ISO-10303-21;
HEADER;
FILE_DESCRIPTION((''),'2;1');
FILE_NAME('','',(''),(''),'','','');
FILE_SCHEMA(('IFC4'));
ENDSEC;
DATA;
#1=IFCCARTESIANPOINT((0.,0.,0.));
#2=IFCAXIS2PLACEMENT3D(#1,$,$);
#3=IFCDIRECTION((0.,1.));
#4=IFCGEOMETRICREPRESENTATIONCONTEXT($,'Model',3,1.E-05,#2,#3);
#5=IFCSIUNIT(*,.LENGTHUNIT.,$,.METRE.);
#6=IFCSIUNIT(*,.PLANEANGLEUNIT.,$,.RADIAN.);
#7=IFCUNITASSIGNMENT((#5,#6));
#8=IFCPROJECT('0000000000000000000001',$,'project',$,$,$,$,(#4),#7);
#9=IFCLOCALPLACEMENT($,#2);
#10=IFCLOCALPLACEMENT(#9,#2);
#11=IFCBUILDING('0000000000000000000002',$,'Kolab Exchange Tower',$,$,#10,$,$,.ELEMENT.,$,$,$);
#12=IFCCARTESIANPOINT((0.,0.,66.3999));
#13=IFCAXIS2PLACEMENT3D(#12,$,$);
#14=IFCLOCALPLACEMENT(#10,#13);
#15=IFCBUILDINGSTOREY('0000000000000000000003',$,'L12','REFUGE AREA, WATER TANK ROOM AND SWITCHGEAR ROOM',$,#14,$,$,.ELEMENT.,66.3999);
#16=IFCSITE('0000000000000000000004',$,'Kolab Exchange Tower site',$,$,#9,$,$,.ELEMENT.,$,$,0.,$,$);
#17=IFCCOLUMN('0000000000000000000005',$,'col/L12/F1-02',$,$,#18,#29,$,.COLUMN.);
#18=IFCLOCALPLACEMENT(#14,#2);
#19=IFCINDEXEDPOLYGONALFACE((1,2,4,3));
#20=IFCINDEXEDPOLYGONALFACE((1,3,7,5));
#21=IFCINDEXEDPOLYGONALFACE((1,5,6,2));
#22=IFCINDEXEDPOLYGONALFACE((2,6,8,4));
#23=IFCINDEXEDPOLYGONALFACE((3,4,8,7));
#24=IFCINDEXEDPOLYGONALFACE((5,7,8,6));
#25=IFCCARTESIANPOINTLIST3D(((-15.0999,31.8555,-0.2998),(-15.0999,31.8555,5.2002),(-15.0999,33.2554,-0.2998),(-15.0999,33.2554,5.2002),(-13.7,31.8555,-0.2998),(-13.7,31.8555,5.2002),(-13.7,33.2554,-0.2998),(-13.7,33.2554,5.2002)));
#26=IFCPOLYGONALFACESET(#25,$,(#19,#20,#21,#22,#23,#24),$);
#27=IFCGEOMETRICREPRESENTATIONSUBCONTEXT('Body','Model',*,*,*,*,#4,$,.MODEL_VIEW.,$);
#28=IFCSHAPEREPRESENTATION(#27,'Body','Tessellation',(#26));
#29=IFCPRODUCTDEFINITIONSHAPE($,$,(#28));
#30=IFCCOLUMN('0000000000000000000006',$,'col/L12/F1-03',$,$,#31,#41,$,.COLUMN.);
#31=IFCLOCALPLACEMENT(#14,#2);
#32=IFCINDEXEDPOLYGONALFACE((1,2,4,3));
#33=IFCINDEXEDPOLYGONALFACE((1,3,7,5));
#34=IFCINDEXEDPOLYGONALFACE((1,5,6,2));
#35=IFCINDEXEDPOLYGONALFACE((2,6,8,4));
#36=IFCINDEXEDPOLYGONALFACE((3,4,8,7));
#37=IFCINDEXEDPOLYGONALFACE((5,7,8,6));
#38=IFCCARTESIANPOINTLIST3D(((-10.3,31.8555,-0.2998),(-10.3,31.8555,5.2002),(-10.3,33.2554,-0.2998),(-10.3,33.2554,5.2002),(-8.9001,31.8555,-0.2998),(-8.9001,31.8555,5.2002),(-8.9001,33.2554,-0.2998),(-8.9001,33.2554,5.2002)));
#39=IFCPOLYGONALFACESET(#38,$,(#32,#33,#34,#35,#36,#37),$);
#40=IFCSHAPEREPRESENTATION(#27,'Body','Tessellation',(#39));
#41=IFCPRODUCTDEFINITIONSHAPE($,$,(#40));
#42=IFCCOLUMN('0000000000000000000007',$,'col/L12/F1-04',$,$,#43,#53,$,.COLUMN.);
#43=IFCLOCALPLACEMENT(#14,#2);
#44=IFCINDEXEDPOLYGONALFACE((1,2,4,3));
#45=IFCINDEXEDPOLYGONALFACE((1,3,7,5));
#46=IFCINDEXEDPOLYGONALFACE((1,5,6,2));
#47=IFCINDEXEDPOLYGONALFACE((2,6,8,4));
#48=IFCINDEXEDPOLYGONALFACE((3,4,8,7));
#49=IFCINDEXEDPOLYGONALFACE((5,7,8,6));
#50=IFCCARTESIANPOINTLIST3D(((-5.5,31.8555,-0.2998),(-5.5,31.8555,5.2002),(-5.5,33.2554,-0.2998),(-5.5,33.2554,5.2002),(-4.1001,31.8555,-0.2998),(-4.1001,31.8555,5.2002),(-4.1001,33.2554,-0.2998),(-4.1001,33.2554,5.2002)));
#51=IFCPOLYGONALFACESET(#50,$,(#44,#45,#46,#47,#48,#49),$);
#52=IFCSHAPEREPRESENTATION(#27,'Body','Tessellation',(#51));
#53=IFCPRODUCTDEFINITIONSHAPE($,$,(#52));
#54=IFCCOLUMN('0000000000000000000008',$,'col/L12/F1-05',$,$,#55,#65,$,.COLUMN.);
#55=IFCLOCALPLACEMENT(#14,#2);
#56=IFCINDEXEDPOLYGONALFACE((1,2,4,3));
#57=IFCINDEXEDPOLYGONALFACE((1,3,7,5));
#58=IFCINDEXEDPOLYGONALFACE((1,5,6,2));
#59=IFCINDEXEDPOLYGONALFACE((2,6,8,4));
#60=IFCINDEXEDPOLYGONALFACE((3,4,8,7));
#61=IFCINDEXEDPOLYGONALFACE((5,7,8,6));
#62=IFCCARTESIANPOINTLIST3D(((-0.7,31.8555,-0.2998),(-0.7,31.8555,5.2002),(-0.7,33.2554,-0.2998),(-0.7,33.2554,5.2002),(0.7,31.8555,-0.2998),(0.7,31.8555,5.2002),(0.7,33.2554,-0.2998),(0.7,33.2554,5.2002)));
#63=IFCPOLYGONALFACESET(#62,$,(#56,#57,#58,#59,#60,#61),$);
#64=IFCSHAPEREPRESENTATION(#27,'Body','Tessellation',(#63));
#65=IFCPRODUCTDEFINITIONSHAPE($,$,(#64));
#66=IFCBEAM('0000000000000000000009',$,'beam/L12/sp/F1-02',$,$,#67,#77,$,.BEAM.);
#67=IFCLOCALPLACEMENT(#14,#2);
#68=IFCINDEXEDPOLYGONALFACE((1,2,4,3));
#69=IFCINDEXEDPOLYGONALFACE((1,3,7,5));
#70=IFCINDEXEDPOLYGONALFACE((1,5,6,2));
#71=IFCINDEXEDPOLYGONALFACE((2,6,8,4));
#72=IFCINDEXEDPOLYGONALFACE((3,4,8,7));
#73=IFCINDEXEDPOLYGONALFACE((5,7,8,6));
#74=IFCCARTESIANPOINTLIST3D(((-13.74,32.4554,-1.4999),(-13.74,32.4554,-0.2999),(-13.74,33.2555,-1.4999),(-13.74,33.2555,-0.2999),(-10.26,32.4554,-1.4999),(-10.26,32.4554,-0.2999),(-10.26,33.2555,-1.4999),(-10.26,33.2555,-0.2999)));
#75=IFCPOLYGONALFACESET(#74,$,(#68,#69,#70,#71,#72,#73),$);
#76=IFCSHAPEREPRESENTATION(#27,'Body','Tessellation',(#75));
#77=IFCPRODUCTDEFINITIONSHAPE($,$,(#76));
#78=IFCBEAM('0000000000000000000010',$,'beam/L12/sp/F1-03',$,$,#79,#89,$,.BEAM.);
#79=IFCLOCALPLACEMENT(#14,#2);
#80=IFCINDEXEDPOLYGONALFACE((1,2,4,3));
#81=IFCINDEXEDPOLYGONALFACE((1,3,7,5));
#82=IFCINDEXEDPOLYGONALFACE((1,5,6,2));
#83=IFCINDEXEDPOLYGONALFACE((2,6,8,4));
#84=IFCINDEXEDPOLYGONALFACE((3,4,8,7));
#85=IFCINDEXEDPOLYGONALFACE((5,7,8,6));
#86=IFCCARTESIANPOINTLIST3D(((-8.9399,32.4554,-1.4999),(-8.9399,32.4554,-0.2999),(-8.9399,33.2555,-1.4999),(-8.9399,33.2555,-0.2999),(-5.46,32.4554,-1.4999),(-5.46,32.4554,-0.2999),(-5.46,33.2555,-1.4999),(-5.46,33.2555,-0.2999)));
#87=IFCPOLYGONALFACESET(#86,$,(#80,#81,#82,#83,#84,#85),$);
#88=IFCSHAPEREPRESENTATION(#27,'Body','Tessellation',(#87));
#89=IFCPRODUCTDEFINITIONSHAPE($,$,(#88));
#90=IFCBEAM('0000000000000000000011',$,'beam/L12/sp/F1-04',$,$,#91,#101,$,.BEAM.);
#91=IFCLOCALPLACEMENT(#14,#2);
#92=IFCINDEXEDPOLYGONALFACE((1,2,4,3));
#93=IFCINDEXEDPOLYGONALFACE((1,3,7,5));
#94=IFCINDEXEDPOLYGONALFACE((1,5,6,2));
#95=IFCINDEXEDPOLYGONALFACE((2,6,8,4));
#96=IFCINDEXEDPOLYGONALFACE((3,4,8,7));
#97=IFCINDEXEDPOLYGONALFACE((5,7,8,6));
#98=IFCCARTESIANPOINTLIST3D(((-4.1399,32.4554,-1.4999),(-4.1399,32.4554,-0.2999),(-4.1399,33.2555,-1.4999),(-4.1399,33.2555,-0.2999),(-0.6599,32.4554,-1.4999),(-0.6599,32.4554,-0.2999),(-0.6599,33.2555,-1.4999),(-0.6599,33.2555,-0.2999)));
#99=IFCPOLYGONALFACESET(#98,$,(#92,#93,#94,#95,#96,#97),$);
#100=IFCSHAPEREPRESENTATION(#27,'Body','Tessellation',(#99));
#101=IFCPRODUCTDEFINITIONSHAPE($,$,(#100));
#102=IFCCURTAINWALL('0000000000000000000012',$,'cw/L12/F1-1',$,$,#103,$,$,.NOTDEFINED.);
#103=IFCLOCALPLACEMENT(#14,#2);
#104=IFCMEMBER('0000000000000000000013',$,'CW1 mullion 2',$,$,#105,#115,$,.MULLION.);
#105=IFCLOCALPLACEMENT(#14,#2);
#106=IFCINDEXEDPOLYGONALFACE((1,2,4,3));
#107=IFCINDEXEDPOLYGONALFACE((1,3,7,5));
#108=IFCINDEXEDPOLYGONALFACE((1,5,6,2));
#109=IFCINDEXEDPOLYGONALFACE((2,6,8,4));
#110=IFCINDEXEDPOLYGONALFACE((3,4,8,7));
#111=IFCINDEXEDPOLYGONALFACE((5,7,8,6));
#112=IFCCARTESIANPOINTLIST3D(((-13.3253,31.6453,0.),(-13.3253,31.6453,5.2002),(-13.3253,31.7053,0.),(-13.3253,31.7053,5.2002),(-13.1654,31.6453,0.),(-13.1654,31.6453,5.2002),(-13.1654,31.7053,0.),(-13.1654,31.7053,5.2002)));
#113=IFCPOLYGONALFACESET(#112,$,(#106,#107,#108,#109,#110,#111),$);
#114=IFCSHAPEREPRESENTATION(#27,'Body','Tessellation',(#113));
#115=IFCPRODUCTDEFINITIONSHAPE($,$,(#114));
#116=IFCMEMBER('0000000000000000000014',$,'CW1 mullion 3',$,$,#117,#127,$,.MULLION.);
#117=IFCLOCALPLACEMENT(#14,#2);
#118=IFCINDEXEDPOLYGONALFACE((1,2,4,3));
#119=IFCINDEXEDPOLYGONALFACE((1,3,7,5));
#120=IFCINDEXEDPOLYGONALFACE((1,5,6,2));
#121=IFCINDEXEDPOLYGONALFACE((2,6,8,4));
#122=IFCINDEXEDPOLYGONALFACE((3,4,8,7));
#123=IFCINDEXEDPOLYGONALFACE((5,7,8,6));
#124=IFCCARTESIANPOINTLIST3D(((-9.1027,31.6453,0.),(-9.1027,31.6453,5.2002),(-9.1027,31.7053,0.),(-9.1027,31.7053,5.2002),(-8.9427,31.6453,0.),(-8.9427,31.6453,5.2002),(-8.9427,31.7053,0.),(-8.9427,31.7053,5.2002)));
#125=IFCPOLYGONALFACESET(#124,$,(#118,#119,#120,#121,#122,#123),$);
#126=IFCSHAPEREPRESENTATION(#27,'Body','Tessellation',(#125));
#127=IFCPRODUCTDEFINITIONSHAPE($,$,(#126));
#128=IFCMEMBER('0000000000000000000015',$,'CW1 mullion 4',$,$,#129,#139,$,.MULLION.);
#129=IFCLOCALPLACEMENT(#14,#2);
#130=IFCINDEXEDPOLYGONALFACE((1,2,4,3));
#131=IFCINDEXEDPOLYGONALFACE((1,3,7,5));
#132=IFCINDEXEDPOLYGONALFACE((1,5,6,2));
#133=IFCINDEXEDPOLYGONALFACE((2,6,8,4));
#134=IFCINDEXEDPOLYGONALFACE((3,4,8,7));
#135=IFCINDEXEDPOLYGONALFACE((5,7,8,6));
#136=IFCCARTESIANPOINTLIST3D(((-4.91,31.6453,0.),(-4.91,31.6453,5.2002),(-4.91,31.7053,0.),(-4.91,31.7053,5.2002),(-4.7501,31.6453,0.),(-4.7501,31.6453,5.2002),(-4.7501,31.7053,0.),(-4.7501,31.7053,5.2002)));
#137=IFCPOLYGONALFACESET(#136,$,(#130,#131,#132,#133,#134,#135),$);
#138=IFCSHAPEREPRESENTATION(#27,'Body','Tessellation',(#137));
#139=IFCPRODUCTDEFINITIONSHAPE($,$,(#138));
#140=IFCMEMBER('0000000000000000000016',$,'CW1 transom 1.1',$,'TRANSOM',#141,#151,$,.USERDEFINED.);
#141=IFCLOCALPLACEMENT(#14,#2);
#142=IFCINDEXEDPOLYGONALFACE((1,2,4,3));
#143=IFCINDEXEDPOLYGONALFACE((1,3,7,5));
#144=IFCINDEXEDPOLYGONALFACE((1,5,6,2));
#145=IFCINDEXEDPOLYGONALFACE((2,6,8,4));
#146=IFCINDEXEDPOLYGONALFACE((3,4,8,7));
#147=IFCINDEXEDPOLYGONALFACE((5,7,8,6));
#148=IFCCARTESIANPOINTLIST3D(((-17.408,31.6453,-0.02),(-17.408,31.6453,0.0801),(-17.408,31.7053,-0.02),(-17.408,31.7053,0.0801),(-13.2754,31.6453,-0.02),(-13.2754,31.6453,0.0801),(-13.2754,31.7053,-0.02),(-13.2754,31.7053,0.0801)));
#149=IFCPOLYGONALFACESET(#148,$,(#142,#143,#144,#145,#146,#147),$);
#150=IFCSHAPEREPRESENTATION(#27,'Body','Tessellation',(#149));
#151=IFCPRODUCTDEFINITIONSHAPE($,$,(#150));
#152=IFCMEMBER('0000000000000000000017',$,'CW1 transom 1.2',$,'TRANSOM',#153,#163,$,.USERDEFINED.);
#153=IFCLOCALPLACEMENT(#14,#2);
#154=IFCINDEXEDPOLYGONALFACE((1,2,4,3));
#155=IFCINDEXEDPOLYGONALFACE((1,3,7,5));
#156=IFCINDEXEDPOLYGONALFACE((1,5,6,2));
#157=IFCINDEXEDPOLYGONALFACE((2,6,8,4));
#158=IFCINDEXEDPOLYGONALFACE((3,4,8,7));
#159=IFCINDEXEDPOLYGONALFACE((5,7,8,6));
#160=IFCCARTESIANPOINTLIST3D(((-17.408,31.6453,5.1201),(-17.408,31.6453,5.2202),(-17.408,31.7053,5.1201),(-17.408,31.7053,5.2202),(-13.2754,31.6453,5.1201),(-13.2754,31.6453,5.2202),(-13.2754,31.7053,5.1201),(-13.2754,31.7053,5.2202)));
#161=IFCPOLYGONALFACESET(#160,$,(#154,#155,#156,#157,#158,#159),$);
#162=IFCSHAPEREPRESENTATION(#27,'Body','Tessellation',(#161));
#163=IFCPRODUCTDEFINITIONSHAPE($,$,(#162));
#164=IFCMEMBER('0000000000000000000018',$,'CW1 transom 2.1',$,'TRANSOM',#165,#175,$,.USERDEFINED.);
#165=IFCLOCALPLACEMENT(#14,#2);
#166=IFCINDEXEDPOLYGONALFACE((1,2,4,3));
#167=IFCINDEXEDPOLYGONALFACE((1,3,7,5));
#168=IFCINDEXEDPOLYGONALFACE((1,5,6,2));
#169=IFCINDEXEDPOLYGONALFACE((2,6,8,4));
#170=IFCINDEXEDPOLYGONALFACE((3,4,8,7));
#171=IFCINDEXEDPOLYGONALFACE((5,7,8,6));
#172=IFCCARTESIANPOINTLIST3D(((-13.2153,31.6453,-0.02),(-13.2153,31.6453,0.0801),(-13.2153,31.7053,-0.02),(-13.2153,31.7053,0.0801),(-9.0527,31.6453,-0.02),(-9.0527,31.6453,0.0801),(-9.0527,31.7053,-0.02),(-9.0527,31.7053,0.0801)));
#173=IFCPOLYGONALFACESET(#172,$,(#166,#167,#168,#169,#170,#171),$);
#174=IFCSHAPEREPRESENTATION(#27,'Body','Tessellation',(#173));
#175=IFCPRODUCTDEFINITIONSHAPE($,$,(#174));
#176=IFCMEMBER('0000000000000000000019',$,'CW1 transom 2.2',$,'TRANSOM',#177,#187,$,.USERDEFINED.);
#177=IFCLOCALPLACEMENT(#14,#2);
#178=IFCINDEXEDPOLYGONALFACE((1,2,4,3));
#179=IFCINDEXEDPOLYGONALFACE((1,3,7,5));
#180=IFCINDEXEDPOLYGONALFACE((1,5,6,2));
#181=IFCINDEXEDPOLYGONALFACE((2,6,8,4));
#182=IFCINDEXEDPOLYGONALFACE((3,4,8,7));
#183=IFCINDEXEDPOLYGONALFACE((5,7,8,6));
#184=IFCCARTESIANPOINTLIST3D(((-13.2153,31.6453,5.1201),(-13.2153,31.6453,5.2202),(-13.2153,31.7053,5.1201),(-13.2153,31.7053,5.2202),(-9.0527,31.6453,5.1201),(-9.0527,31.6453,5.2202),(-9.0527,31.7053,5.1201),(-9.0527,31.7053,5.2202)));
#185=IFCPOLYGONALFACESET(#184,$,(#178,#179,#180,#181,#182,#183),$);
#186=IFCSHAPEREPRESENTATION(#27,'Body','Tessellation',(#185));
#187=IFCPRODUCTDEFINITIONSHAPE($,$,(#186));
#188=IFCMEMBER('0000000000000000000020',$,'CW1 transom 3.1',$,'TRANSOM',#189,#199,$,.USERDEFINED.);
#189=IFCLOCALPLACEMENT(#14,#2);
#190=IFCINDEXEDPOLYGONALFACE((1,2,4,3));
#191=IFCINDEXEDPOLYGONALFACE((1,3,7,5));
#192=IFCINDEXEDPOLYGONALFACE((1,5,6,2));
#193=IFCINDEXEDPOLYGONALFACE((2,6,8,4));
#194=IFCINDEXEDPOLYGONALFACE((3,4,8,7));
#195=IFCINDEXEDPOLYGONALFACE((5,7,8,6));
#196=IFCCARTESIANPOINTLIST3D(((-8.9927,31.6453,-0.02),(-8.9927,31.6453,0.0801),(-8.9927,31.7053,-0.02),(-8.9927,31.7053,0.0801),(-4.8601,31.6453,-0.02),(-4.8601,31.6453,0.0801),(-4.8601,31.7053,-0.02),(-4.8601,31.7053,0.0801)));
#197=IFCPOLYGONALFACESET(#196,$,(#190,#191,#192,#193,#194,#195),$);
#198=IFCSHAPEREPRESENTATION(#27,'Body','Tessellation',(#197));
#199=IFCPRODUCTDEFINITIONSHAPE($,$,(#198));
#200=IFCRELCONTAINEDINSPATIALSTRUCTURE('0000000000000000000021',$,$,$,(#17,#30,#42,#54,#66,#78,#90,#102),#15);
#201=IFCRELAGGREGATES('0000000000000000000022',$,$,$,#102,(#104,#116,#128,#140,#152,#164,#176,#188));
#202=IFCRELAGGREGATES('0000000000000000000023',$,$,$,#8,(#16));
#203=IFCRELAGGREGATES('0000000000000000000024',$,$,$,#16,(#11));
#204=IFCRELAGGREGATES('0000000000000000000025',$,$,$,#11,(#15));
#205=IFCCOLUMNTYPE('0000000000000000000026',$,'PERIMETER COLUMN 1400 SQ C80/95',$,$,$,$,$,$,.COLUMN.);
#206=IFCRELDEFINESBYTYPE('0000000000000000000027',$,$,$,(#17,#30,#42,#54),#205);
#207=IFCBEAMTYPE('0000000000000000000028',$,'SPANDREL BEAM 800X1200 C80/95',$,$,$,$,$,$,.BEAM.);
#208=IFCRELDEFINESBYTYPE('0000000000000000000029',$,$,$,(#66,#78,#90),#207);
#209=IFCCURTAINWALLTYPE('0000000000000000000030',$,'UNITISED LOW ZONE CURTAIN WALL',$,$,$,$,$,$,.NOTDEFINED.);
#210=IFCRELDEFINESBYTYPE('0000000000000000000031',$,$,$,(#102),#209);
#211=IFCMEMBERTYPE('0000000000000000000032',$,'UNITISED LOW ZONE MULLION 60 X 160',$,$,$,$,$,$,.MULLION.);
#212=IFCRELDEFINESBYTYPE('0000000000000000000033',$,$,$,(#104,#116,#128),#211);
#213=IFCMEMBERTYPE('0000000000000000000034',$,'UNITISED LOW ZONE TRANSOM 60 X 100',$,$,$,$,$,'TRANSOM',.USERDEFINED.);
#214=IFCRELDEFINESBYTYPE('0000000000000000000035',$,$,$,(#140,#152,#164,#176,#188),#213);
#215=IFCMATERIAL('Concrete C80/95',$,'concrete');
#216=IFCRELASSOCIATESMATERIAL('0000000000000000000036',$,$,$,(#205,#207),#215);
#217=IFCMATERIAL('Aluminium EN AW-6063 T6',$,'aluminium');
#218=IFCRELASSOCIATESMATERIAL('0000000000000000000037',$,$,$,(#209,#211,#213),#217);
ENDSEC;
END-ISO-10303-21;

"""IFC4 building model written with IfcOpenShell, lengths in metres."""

from ifc_helpers import new_model, si_unit, direction, frame, origin, origin_2d, place, context, subcontext, project, spatial, rectangle, extrude, material, material_profile, profile_set, type_object, element, aggregate, save


model = new_model("IFC4")

# Units and contexts
model_context = context("Model", 3, precision=1e-05, world=origin(), true_north=direction((0.0, 1.0)))
body_context = subcontext(model_context, "Body", "Model", "MODEL_VIEW")
ifc_project = project(units=[si_unit("LENGTHUNIT", "METRE"), si_unit("PLANEANGLEUNIT", "RADIAN")], contexts=[model_context])

# Site, building, storey
site_placement = place(None, origin())
site = spatial("IfcSite", under=ifc_project, at=site_placement, Name="Kolab Exchange Tower site", CompositionType="ELEMENT", RefElevation=0.0)
building_placement = place(site_placement, origin())
building = spatial("IfcBuilding", under=site, at=building_placement, Name="Kolab Exchange Tower", CompositionType="ELEMENT")
storey_placement = place(building_placement, frame((0.0, 0.0, 66.3999)))
storey = spatial("IfcBuildingStorey", under=building, at=storey_placement, Name="L12", Description="REFUGE AREA, WATER TANK ROOM AND SWITCHGEAR ROOM", CompositionType="ELEMENT", Elevation=66.3999)

# Columns
ifc_material_1 = material(Name="Concrete C80/95", Category="concrete")
ifc_material_profile_1 = material_profile(ifc_material_1, rectangle(XDim=1.3999, YDim=1.3999, at=origin_2d()), Name="RC1400")
ifc_profile_set_1 = profile_set([ifc_material_profile_1], Name="Concrete C80/95")
column_type = type_object("IfcColumnType", Name="PERIMETER COLUMN 1400 SQ C80/95", PredefinedType="COLUMN", material=ifc_profile_set_1)
for number, where, z_axis, x_axis, name in (
    (1, (-14.3999, 32.5554, -0.2998), (0.0, 0.0, 1.0), (1.0, 0.0, 0.0), "col/L12/F1-02"),
    (2, (-9.6001, 32.5554, -0.2998), (0.0, 0.0, 1.0), (1.0, 0.0, 0.0), "col/L12/F1-03"),
    (3, (-4.8, 32.5554, -0.2998), (0.0, 0.0, 1.0), (1.0, 0.0, 0.0), "col/L12/F1-04"),
    (4, (0.0, 32.5554, -0.2998), (0.0, 0.0, 1.0), (1.0, 0.0, 0.0), "col/L12/F1-05"),
):
    element("IfcColumn", number, at=place(storey_placement, frame(where, z_axis=z_axis, x_axis=x_axis)), inside=storey, type_object=column_type, Name=name, PredefinedType="COLUMN", context=body_context, shape_type="SweptSolid", body=[
        extrude(rectangle(XDim=1.3999, YDim=1.3999, at=origin_2d()), origin(), (0.0, 0.0, 1.0), 5.5),
    ])

# Beams
ifc_material_profile_2 = material_profile(ifc_material_1, rectangle(XDim=0.8, YDim=1.2, at=origin_2d()), Name="RC800X1200")
ifc_profile_set_2 = profile_set([ifc_material_profile_2], Name="Concrete C80/95")
beam_type = type_object("IfcBeamType", Name="SPANDREL BEAM 800X1200 C80/95", PredefinedType="BEAM", material=ifc_profile_set_2)
for number, where, z_axis, x_axis, name in (
    (5, (-13.74, 32.8555, -0.8999), (1.0, 0.0, 0.0), (0.0, 1.0, 0.0), "beam/L12/sp/F1-02"),
    (6, (-8.9399, 32.8555, -0.8999), (1.0, 0.0, 0.0), (0.0, 1.0, 0.0), "beam/L12/sp/F1-03"),
    (7, (-4.1399, 32.8555, -0.8999), (1.0, 0.0, 0.0), (0.0, 1.0, 0.0), "beam/L12/sp/F1-04"),
):
    element("IfcBeam", number, at=place(storey_placement, frame(where, z_axis=z_axis, x_axis=x_axis)), inside=storey, type_object=beam_type, Name=name, PredefinedType="BEAM", context=body_context, shape_type="SweptSolid", body=[
        extrude(rectangle(XDim=0.8, YDim=1.2, at=origin_2d()), origin(), (0.0, 0.0, 1.0), 3.48),
    ])

# Curtain wall, members
ifc_material_2 = material(Name="Aluminium EN AW-6063 T6", Category="aluminium")
curtain_wall_type = type_object("IfcCurtainWallType", Name="UNITISED LOW ZONE CURTAIN WALL", PredefinedType="NOTDEFINED", material=ifc_material_2)
curtain_wall_placement = place(storey_placement, origin())
curtain_wall = element("IfcCurtainWall", 8, at=curtain_wall_placement, inside=storey, type_object=curtain_wall_type, Name="cw/L12/F1-1", PredefinedType="NOTDEFINED")
ifc_material_profile_3 = material_profile(ifc_material_2, rectangle(XDim=0.0601, YDim=0.1599, at=origin_2d()), Name="RECT 60X160")
ifc_profile_set_3 = profile_set([ifc_material_profile_3], Name="Aluminium EN AW-6063 T6")
member_type_1 = type_object("IfcMemberType", Name="UNITISED LOW ZONE MULLION 60 X 160", PredefinedType="MULLION", material=ifc_profile_set_3)
member_1_placement = place(storey_placement, frame((-13.2454, 31.6753, 0.0), z_axis=(0.0, 0.0, 1.0), x_axis=(0.0, 1.0, 0.0)))
member_1 = element("IfcMember", 9, at=member_1_placement, type_object=member_type_1, Name="CW1 mullion 2", PredefinedType="MULLION", context=body_context, shape_type="SweptSolid", body=[
    extrude(rectangle(XDim=0.0601, YDim=0.1599, at=origin_2d()), origin(), (0.0, 0.0, 1.0), 5.2002),
])
member_2_placement = place(storey_placement, frame((-9.0227, 31.6753, 0.0), z_axis=(0.0, 0.0, 1.0), x_axis=(0.0, 1.0, 0.0)))
member_2 = element("IfcMember", 10, at=member_2_placement, type_object=member_type_1, Name="CW1 mullion 3", PredefinedType="MULLION", context=body_context, shape_type="SweptSolid", body=[
    extrude(rectangle(XDim=0.0601, YDim=0.1599, at=origin_2d()), origin(), (0.0, 0.0, 1.0), 5.2002),
])
member_3_placement = place(storey_placement, frame((-4.8301, 31.6753, 0.0), z_axis=(0.0, 0.0, 1.0), x_axis=(0.0, 1.0, 0.0)))
member_3 = element("IfcMember", 11, at=member_3_placement, type_object=member_type_1, Name="CW1 mullion 4", PredefinedType="MULLION", context=body_context, shape_type="SweptSolid", body=[
    extrude(rectangle(XDim=0.0601, YDim=0.1599, at=origin_2d()), origin(), (0.0, 0.0, 1.0), 5.2002),
])
ifc_material_profile_4 = material_profile(ifc_material_2, rectangle(XDim=0.0601, YDim=0.1001, at=origin_2d()), Name="RECT 60X100")
ifc_profile_set_4 = profile_set([ifc_material_profile_4], Name="Aluminium EN AW-6063 T6")
member_type_2 = type_object("IfcMemberType", Name="UNITISED LOW ZONE TRANSOM 60 X 100", ElementType="TRANSOM", PredefinedType="USERDEFINED", material=ifc_profile_set_4)
member_4_placement = place(storey_placement, frame((-17.408, 31.6753, 0.03), z_axis=(1.0, 0.0, 0.0), x_axis=(0.0, 1.0, 0.0)))
member_4 = element("IfcMember", 12, at=member_4_placement, type_object=member_type_2, Name="CW1 transom 1.1", ObjectType="TRANSOM", PredefinedType="USERDEFINED", context=body_context, shape_type="SweptSolid", body=[
    extrude(rectangle(XDim=0.0601, YDim=0.1001, at=origin_2d()), origin(), (0.0, 0.0, 1.0), 4.1326),
])
member_5_placement = place(storey_placement, frame((-17.408, 31.6753, 5.1702), z_axis=(1.0, 0.0, 0.0), x_axis=(0.0, 1.0, 0.0)))
member_5 = element("IfcMember", 13, at=member_5_placement, type_object=member_type_2, Name="CW1 transom 1.2", ObjectType="TRANSOM", PredefinedType="USERDEFINED", context=body_context, shape_type="SweptSolid", body=[
    extrude(rectangle(XDim=0.0601, YDim=0.1001, at=origin_2d()), origin(), (0.0, 0.0, 1.0), 4.1326),
])
member_6_placement = place(storey_placement, frame((-13.2153, 31.6753, 0.03), z_axis=(1.0, 0.0, 0.0), x_axis=(0.0, 1.0, 0.0)))
member_6 = element("IfcMember", 14, at=member_6_placement, type_object=member_type_2, Name="CW1 transom 2.1", ObjectType="TRANSOM", PredefinedType="USERDEFINED", context=body_context, shape_type="SweptSolid", body=[
    extrude(rectangle(XDim=0.0601, YDim=0.1001, at=origin_2d()), origin(), (0.0, 0.0, 1.0), 4.1626),
])
member_7_placement = place(storey_placement, frame((-13.2153, 31.6753, 5.1702), z_axis=(1.0, 0.0, 0.0), x_axis=(0.0, 1.0, 0.0)))
member_7 = element("IfcMember", 15, at=member_7_placement, type_object=member_type_2, Name="CW1 transom 2.2", ObjectType="TRANSOM", PredefinedType="USERDEFINED", context=body_context, shape_type="SweptSolid", body=[
    extrude(rectangle(XDim=0.0601, YDim=0.1001, at=origin_2d()), origin(), (0.0, 0.0, 1.0), 4.1626),
])
member_8_placement = place(storey_placement, frame((-8.9927, 31.6753, 0.03), z_axis=(1.0, 0.0, 0.0), x_axis=(0.0, 1.0, 0.0)))
member_8 = element("IfcMember", 16, at=member_8_placement, type_object=member_type_2, Name="CW1 transom 3.1", ObjectType="TRANSOM", PredefinedType="USERDEFINED", context=body_context, shape_type="SweptSolid", body=[
    extrude(rectangle(XDim=0.0601, YDim=0.1001, at=origin_2d()), origin(), (0.0, 0.0, 1.0), 4.1326),
])
aggregate(curtain_wall, [member_1, member_2, member_3, member_4, member_5, member_6, member_7, member_8])

save(model, "model.ifc")
